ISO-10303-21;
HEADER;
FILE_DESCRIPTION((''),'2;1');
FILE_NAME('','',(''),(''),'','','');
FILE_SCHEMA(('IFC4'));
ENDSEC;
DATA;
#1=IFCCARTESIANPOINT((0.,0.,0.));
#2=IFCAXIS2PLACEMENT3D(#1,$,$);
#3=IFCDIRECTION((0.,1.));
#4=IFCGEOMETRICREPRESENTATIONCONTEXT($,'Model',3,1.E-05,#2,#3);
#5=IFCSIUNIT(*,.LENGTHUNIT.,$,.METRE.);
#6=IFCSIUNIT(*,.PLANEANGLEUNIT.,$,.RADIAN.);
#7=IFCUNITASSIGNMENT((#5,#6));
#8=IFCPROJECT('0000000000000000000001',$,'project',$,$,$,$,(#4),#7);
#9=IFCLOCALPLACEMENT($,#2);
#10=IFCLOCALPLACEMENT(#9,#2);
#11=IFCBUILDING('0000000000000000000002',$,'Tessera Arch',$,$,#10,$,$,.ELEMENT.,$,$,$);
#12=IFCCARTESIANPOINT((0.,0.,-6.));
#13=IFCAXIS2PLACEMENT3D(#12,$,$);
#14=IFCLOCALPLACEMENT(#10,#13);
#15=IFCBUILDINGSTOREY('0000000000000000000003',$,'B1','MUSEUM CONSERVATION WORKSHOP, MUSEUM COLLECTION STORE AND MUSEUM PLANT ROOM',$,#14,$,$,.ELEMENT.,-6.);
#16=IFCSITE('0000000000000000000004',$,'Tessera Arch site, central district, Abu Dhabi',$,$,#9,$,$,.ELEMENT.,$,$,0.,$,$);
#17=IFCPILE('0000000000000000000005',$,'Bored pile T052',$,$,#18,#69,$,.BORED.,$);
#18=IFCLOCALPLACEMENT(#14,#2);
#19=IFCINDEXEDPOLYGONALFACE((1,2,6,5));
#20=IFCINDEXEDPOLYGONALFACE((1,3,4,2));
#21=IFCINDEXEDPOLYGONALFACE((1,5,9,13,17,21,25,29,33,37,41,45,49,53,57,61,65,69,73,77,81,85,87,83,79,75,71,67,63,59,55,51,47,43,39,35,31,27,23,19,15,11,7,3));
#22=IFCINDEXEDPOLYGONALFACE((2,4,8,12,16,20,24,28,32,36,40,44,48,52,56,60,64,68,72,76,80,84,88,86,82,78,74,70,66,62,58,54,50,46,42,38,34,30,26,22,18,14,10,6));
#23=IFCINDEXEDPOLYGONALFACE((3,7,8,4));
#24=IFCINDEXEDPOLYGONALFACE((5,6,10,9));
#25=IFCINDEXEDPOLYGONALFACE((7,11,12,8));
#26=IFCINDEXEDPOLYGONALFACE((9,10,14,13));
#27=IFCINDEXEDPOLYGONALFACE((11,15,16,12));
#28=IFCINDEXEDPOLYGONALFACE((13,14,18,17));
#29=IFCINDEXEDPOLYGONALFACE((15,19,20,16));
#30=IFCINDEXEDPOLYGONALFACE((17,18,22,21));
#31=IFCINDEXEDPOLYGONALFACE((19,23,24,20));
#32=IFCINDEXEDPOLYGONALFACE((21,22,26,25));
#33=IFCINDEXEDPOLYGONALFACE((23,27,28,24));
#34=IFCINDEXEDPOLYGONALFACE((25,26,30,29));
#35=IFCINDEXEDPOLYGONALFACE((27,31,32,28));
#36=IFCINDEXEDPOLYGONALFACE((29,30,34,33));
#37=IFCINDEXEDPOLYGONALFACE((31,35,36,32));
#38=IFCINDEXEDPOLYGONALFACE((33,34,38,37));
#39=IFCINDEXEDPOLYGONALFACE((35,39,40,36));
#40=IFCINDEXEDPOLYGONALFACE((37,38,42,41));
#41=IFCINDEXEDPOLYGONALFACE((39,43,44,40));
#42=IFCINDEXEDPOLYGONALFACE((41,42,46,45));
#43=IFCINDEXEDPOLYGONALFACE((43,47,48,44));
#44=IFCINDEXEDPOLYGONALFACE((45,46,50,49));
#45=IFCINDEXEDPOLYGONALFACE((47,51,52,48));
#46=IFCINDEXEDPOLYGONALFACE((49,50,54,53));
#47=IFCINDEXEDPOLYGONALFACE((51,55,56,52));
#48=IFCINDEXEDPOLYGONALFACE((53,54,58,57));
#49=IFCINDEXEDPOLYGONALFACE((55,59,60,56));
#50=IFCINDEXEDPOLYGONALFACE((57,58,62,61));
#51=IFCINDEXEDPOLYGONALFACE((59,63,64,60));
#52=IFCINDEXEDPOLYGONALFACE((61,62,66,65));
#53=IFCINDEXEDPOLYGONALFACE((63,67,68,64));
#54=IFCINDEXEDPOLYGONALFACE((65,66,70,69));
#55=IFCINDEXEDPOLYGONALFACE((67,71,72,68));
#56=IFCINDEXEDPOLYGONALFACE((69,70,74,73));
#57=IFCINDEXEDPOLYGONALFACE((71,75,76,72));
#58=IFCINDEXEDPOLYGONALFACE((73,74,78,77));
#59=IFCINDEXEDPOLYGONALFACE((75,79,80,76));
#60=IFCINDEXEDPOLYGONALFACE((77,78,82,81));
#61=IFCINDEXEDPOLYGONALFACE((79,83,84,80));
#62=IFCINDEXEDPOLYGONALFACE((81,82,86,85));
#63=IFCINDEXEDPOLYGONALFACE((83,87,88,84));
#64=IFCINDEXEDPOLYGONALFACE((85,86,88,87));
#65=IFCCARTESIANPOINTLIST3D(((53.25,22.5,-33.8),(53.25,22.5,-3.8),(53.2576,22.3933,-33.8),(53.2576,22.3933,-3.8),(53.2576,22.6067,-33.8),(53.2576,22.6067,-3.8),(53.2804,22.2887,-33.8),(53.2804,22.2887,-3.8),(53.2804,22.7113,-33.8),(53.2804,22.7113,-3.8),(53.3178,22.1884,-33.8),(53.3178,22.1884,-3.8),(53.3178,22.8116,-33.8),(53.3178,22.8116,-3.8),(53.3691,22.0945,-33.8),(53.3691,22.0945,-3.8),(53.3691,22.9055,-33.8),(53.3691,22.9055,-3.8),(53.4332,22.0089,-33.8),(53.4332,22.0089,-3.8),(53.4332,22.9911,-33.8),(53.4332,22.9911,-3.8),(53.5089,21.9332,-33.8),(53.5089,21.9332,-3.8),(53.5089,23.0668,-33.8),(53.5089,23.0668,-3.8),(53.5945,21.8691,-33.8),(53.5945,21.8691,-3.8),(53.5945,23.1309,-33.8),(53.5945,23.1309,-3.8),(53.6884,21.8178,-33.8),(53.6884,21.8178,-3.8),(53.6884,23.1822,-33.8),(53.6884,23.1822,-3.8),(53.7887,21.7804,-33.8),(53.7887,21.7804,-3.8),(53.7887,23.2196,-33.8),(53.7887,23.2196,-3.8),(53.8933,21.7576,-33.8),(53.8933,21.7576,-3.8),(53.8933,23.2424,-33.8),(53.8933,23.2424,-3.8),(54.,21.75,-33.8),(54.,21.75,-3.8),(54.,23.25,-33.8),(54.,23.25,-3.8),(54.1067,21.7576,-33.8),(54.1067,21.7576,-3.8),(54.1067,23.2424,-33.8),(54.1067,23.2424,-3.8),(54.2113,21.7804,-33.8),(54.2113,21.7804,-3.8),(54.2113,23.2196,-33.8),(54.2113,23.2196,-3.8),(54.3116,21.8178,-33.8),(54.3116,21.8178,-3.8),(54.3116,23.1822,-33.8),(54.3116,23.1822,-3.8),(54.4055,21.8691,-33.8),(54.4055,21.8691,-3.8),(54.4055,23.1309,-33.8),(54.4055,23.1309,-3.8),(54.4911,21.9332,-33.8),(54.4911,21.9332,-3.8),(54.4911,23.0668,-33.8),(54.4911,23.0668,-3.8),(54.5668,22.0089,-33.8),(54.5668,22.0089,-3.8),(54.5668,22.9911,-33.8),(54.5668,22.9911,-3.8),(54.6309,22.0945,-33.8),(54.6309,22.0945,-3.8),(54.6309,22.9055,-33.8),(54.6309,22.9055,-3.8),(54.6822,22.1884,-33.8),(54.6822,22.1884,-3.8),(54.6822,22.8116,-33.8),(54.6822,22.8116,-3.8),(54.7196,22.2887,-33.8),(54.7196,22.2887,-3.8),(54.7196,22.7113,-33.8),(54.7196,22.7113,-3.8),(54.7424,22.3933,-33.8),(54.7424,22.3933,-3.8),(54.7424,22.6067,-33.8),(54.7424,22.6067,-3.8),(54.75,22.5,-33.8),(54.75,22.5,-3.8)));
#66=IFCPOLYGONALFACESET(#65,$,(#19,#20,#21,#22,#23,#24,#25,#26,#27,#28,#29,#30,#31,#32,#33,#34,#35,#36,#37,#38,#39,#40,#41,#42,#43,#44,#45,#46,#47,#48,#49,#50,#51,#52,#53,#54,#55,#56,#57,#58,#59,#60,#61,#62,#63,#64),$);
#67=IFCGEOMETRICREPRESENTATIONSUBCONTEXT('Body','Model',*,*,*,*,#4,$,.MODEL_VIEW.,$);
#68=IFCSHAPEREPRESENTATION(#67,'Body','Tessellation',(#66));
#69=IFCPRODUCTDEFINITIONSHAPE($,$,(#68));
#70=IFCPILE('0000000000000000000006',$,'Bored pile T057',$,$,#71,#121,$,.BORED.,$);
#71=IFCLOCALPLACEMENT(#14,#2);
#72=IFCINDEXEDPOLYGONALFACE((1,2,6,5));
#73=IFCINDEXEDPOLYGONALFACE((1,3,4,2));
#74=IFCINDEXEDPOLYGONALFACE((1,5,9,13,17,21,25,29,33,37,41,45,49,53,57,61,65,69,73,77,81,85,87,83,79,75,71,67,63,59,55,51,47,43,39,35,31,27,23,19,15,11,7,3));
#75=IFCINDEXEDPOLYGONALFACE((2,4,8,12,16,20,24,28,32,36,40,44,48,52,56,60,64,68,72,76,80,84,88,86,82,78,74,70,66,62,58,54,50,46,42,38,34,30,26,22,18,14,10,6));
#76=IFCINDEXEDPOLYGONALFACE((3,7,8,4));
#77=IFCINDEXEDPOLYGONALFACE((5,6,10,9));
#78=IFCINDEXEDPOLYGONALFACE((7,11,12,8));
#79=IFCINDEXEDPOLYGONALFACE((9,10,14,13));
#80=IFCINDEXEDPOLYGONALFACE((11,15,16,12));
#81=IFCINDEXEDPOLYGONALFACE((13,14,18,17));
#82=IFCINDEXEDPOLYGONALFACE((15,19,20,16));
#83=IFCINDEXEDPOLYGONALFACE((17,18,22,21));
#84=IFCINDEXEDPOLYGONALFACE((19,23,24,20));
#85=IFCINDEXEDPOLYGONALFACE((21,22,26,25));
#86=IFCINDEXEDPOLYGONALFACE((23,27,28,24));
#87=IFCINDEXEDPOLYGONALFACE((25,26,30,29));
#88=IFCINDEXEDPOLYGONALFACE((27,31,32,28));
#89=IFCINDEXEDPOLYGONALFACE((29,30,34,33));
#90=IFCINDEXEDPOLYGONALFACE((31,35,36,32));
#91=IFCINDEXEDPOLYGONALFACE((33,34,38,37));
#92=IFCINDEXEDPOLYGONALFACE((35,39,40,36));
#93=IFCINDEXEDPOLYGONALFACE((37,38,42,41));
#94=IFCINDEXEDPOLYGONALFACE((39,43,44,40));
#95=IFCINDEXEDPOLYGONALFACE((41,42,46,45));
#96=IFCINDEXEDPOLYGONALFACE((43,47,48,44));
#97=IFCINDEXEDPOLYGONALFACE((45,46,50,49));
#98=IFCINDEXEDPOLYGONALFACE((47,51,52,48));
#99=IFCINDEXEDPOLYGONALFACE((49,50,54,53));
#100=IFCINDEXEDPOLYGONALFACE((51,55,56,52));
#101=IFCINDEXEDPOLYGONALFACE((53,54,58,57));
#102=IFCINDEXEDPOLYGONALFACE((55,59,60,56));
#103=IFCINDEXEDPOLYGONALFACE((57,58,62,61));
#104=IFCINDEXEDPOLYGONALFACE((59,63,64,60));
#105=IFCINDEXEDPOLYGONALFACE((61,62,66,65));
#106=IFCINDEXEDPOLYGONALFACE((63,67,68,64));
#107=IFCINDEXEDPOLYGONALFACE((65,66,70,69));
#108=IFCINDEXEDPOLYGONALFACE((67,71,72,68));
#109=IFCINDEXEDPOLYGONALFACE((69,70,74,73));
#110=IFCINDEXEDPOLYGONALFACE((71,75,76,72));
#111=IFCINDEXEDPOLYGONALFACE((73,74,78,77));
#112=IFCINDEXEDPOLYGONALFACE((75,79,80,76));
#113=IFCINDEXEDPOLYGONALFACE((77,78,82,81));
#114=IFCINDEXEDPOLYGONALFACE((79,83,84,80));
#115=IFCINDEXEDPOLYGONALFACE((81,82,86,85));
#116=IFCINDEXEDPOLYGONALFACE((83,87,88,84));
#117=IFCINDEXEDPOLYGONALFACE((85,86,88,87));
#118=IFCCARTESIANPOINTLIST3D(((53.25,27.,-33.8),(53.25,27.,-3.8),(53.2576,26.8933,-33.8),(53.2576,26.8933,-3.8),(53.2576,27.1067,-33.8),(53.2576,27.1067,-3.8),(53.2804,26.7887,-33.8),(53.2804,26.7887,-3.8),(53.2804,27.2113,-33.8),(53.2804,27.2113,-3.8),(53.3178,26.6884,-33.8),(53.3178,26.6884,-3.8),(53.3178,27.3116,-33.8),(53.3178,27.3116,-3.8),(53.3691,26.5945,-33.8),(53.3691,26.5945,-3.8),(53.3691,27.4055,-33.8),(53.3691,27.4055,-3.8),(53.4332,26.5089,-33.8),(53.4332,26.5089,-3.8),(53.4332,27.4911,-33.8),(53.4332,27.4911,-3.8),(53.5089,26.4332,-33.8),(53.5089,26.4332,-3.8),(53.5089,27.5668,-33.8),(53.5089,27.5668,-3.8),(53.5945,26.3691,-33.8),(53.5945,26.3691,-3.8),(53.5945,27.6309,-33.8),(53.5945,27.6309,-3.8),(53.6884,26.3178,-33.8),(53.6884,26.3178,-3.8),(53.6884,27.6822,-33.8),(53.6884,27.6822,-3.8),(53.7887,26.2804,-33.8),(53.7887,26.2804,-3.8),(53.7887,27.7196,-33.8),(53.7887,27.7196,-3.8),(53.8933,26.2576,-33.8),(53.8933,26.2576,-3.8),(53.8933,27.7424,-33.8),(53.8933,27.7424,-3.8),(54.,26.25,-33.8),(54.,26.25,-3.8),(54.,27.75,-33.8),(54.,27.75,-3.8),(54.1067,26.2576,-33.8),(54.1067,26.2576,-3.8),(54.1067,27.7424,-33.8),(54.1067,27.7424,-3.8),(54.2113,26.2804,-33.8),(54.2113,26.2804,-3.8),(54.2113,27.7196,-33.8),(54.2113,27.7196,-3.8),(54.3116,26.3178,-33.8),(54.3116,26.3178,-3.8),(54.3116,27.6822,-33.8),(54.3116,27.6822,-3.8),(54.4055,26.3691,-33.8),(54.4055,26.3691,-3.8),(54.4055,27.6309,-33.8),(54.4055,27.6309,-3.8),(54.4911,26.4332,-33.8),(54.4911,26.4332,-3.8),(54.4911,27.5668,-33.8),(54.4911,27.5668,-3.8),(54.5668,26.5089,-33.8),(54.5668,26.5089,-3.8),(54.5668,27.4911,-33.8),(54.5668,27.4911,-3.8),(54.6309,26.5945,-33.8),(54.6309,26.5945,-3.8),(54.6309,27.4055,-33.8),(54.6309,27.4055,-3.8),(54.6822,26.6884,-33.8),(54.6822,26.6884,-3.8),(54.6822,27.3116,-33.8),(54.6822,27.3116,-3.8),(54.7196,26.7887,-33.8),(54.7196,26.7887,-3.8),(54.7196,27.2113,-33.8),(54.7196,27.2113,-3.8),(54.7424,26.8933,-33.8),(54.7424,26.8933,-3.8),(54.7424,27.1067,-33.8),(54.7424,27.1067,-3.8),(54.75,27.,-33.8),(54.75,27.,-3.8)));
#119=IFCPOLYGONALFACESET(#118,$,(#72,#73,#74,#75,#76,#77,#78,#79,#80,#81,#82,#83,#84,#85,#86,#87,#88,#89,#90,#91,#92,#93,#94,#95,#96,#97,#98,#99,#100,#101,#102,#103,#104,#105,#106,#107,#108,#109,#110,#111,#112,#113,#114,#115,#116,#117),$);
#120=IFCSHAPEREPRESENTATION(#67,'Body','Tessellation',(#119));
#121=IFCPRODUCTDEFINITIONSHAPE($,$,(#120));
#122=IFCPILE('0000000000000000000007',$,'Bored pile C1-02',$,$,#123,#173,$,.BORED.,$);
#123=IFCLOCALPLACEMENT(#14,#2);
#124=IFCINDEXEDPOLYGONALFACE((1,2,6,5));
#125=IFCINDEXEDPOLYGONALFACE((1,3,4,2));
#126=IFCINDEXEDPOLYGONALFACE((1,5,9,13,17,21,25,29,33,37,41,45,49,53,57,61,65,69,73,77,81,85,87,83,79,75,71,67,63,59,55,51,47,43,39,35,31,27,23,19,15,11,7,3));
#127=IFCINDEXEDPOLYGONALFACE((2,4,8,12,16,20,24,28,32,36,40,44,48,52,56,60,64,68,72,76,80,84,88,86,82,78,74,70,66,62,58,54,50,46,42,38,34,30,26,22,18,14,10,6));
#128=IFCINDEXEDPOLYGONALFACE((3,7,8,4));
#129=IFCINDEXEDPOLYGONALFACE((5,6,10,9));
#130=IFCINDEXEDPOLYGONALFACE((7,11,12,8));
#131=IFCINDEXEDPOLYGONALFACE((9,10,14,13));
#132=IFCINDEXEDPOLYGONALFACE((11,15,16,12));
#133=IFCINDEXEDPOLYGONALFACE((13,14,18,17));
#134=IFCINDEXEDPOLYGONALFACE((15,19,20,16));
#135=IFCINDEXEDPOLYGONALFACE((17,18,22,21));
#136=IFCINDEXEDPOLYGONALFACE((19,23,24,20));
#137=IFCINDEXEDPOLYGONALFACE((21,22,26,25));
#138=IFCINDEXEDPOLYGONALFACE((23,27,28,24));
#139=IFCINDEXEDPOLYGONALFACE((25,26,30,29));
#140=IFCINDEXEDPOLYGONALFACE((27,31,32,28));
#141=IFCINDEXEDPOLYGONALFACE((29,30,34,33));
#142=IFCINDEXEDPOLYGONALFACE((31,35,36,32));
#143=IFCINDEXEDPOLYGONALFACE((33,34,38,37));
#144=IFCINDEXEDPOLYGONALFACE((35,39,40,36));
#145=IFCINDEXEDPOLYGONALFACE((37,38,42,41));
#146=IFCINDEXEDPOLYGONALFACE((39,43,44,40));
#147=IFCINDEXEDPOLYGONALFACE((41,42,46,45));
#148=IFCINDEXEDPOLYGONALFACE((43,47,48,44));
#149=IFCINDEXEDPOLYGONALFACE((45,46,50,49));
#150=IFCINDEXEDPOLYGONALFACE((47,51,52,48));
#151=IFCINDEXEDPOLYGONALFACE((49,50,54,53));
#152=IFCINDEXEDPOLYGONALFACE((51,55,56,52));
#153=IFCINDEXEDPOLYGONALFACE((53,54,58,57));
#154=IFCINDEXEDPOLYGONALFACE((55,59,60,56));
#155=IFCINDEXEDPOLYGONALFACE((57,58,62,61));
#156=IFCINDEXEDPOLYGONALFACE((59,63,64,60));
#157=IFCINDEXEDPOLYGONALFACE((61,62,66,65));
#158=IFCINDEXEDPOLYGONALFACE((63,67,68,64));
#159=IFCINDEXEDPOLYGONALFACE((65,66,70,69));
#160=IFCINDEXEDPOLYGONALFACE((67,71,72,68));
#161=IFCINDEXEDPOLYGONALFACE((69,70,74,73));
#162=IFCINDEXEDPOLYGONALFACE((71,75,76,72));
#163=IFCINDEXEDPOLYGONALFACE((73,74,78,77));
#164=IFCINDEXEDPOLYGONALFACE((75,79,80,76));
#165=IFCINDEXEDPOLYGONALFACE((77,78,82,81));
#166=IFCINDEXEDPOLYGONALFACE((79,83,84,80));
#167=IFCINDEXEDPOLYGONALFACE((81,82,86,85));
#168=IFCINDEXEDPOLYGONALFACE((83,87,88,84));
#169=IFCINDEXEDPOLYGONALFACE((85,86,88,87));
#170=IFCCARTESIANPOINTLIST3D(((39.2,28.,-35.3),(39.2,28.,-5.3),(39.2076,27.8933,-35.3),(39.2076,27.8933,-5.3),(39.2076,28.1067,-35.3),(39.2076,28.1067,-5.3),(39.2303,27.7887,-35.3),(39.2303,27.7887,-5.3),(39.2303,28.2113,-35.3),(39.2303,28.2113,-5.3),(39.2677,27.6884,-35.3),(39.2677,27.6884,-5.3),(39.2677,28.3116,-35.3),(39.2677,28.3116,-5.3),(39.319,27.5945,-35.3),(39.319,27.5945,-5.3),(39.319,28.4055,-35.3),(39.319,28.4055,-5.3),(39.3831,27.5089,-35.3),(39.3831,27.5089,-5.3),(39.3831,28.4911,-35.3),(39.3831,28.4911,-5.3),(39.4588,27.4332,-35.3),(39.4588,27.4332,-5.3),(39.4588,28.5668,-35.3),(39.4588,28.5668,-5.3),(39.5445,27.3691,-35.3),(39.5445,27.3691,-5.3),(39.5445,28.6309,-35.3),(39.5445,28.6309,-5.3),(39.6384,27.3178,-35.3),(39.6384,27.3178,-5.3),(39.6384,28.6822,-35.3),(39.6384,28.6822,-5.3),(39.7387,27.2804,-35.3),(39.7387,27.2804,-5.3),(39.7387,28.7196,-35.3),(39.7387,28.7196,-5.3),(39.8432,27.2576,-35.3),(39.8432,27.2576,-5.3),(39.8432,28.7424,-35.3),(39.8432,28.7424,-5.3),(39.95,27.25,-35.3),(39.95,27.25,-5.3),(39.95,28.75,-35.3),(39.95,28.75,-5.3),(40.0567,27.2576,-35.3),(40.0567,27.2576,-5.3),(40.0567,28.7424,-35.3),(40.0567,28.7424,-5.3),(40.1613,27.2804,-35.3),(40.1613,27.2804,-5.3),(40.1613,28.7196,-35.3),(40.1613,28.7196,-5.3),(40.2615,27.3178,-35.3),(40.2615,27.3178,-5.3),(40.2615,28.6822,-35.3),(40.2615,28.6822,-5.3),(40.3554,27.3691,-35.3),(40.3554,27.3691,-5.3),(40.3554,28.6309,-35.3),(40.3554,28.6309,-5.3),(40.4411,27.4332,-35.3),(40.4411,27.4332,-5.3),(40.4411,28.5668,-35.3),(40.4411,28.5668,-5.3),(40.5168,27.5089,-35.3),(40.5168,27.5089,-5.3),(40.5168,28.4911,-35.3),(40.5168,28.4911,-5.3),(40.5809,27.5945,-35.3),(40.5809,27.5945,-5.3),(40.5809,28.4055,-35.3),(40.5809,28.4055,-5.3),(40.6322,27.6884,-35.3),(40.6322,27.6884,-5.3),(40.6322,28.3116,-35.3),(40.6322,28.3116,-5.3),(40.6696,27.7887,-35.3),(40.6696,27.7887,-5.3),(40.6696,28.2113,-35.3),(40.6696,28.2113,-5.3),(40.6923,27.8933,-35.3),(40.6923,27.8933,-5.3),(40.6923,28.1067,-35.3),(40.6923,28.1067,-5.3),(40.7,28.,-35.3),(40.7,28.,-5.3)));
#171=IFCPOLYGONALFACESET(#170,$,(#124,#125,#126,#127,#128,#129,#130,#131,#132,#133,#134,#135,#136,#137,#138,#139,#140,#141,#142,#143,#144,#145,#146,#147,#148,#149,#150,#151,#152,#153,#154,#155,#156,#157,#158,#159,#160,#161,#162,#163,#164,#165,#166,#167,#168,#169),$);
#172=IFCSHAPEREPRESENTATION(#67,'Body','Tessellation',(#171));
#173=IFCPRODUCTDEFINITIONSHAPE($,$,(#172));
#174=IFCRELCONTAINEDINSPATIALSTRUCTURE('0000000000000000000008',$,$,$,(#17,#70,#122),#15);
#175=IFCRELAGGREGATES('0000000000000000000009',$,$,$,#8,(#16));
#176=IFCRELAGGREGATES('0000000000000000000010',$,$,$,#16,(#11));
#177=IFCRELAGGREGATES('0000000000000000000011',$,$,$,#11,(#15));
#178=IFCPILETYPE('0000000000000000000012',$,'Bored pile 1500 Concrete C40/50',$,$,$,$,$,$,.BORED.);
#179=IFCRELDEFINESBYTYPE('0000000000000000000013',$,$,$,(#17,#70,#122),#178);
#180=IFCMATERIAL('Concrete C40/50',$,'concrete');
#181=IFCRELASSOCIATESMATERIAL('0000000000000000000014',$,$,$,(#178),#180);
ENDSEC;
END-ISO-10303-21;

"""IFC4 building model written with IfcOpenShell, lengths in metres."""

from ifc_helpers import new_model, si_unit, direction, frame, origin, origin_2d, place, context, subcontext, project, spatial, circle, extrude, material, type_object, element, save


model = new_model("IFC4")

# Units and contexts
model_context = context("Model", 3, precision=1e-05, world=origin(), true_north=direction((0.0, 1.0)))
body_context = subcontext(model_context, "Body", "Model", "MODEL_VIEW")
ifc_project = project(units=[si_unit("LENGTHUNIT", "METRE"), si_unit("PLANEANGLEUNIT", "RADIAN")], contexts=[model_context])

# Site, building, storey
site_placement = place(None, origin())
site = spatial("IfcSite", under=ifc_project, at=site_placement, Name="Tessera Arch site, central district, Abu Dhabi", CompositionType="ELEMENT", RefElevation=0.0)
building_placement = place(site_placement, origin())
building = spatial("IfcBuilding", under=site, at=building_placement, Name="Tessera Arch", CompositionType="ELEMENT")
storey_placement = place(building_placement, frame((0.0, 0.0, -6.0)))
storey = spatial("IfcBuildingStorey", under=building, at=storey_placement, Name="B1", Description="MUSEUM CONSERVATION WORKSHOP, MUSEUM COLLECTION STORE AND MUSEUM PLANT ROOM", CompositionType="ELEMENT", Elevation=-6.0)

# Piles
ifc_material_1 = material(Name="Concrete C40/50", Category="concrete")
pile_type = type_object("IfcPileType", Name="Bored pile 1500 Concrete C40/50", PredefinedType="BORED", material=ifc_material_1)
for number, where, z_axis, x_axis, name in (
    (1, (54.0, 22.5, -3.8), (0.0, 0.0, -1.0), (1.0, 0.0, 0.0), "Bored pile T052"),
    (2, (54.0, 27.0, -3.8), (0.0, 0.0, -1.0), (1.0, 0.0, 0.0), "Bored pile T057"),
    (3, (39.95, 28.0, -5.3), (0.0, 0.0, -1.0), (1.0, 0.0, 0.0), "Bored pile C1-02"),
):
    element("IfcPile", number, at=place(storey_placement, frame(where, z_axis=z_axis, x_axis=x_axis)), inside=storey, type_object=pile_type, Name=name, PredefinedType="BORED", context=body_context, shape_type="SweptSolid", body=[
        extrude(circle(Radius=0.75, at=origin_2d()), origin(), (0.0, 0.0, 1.0), 30.0),
    ])

save(model, "model.ifc")
